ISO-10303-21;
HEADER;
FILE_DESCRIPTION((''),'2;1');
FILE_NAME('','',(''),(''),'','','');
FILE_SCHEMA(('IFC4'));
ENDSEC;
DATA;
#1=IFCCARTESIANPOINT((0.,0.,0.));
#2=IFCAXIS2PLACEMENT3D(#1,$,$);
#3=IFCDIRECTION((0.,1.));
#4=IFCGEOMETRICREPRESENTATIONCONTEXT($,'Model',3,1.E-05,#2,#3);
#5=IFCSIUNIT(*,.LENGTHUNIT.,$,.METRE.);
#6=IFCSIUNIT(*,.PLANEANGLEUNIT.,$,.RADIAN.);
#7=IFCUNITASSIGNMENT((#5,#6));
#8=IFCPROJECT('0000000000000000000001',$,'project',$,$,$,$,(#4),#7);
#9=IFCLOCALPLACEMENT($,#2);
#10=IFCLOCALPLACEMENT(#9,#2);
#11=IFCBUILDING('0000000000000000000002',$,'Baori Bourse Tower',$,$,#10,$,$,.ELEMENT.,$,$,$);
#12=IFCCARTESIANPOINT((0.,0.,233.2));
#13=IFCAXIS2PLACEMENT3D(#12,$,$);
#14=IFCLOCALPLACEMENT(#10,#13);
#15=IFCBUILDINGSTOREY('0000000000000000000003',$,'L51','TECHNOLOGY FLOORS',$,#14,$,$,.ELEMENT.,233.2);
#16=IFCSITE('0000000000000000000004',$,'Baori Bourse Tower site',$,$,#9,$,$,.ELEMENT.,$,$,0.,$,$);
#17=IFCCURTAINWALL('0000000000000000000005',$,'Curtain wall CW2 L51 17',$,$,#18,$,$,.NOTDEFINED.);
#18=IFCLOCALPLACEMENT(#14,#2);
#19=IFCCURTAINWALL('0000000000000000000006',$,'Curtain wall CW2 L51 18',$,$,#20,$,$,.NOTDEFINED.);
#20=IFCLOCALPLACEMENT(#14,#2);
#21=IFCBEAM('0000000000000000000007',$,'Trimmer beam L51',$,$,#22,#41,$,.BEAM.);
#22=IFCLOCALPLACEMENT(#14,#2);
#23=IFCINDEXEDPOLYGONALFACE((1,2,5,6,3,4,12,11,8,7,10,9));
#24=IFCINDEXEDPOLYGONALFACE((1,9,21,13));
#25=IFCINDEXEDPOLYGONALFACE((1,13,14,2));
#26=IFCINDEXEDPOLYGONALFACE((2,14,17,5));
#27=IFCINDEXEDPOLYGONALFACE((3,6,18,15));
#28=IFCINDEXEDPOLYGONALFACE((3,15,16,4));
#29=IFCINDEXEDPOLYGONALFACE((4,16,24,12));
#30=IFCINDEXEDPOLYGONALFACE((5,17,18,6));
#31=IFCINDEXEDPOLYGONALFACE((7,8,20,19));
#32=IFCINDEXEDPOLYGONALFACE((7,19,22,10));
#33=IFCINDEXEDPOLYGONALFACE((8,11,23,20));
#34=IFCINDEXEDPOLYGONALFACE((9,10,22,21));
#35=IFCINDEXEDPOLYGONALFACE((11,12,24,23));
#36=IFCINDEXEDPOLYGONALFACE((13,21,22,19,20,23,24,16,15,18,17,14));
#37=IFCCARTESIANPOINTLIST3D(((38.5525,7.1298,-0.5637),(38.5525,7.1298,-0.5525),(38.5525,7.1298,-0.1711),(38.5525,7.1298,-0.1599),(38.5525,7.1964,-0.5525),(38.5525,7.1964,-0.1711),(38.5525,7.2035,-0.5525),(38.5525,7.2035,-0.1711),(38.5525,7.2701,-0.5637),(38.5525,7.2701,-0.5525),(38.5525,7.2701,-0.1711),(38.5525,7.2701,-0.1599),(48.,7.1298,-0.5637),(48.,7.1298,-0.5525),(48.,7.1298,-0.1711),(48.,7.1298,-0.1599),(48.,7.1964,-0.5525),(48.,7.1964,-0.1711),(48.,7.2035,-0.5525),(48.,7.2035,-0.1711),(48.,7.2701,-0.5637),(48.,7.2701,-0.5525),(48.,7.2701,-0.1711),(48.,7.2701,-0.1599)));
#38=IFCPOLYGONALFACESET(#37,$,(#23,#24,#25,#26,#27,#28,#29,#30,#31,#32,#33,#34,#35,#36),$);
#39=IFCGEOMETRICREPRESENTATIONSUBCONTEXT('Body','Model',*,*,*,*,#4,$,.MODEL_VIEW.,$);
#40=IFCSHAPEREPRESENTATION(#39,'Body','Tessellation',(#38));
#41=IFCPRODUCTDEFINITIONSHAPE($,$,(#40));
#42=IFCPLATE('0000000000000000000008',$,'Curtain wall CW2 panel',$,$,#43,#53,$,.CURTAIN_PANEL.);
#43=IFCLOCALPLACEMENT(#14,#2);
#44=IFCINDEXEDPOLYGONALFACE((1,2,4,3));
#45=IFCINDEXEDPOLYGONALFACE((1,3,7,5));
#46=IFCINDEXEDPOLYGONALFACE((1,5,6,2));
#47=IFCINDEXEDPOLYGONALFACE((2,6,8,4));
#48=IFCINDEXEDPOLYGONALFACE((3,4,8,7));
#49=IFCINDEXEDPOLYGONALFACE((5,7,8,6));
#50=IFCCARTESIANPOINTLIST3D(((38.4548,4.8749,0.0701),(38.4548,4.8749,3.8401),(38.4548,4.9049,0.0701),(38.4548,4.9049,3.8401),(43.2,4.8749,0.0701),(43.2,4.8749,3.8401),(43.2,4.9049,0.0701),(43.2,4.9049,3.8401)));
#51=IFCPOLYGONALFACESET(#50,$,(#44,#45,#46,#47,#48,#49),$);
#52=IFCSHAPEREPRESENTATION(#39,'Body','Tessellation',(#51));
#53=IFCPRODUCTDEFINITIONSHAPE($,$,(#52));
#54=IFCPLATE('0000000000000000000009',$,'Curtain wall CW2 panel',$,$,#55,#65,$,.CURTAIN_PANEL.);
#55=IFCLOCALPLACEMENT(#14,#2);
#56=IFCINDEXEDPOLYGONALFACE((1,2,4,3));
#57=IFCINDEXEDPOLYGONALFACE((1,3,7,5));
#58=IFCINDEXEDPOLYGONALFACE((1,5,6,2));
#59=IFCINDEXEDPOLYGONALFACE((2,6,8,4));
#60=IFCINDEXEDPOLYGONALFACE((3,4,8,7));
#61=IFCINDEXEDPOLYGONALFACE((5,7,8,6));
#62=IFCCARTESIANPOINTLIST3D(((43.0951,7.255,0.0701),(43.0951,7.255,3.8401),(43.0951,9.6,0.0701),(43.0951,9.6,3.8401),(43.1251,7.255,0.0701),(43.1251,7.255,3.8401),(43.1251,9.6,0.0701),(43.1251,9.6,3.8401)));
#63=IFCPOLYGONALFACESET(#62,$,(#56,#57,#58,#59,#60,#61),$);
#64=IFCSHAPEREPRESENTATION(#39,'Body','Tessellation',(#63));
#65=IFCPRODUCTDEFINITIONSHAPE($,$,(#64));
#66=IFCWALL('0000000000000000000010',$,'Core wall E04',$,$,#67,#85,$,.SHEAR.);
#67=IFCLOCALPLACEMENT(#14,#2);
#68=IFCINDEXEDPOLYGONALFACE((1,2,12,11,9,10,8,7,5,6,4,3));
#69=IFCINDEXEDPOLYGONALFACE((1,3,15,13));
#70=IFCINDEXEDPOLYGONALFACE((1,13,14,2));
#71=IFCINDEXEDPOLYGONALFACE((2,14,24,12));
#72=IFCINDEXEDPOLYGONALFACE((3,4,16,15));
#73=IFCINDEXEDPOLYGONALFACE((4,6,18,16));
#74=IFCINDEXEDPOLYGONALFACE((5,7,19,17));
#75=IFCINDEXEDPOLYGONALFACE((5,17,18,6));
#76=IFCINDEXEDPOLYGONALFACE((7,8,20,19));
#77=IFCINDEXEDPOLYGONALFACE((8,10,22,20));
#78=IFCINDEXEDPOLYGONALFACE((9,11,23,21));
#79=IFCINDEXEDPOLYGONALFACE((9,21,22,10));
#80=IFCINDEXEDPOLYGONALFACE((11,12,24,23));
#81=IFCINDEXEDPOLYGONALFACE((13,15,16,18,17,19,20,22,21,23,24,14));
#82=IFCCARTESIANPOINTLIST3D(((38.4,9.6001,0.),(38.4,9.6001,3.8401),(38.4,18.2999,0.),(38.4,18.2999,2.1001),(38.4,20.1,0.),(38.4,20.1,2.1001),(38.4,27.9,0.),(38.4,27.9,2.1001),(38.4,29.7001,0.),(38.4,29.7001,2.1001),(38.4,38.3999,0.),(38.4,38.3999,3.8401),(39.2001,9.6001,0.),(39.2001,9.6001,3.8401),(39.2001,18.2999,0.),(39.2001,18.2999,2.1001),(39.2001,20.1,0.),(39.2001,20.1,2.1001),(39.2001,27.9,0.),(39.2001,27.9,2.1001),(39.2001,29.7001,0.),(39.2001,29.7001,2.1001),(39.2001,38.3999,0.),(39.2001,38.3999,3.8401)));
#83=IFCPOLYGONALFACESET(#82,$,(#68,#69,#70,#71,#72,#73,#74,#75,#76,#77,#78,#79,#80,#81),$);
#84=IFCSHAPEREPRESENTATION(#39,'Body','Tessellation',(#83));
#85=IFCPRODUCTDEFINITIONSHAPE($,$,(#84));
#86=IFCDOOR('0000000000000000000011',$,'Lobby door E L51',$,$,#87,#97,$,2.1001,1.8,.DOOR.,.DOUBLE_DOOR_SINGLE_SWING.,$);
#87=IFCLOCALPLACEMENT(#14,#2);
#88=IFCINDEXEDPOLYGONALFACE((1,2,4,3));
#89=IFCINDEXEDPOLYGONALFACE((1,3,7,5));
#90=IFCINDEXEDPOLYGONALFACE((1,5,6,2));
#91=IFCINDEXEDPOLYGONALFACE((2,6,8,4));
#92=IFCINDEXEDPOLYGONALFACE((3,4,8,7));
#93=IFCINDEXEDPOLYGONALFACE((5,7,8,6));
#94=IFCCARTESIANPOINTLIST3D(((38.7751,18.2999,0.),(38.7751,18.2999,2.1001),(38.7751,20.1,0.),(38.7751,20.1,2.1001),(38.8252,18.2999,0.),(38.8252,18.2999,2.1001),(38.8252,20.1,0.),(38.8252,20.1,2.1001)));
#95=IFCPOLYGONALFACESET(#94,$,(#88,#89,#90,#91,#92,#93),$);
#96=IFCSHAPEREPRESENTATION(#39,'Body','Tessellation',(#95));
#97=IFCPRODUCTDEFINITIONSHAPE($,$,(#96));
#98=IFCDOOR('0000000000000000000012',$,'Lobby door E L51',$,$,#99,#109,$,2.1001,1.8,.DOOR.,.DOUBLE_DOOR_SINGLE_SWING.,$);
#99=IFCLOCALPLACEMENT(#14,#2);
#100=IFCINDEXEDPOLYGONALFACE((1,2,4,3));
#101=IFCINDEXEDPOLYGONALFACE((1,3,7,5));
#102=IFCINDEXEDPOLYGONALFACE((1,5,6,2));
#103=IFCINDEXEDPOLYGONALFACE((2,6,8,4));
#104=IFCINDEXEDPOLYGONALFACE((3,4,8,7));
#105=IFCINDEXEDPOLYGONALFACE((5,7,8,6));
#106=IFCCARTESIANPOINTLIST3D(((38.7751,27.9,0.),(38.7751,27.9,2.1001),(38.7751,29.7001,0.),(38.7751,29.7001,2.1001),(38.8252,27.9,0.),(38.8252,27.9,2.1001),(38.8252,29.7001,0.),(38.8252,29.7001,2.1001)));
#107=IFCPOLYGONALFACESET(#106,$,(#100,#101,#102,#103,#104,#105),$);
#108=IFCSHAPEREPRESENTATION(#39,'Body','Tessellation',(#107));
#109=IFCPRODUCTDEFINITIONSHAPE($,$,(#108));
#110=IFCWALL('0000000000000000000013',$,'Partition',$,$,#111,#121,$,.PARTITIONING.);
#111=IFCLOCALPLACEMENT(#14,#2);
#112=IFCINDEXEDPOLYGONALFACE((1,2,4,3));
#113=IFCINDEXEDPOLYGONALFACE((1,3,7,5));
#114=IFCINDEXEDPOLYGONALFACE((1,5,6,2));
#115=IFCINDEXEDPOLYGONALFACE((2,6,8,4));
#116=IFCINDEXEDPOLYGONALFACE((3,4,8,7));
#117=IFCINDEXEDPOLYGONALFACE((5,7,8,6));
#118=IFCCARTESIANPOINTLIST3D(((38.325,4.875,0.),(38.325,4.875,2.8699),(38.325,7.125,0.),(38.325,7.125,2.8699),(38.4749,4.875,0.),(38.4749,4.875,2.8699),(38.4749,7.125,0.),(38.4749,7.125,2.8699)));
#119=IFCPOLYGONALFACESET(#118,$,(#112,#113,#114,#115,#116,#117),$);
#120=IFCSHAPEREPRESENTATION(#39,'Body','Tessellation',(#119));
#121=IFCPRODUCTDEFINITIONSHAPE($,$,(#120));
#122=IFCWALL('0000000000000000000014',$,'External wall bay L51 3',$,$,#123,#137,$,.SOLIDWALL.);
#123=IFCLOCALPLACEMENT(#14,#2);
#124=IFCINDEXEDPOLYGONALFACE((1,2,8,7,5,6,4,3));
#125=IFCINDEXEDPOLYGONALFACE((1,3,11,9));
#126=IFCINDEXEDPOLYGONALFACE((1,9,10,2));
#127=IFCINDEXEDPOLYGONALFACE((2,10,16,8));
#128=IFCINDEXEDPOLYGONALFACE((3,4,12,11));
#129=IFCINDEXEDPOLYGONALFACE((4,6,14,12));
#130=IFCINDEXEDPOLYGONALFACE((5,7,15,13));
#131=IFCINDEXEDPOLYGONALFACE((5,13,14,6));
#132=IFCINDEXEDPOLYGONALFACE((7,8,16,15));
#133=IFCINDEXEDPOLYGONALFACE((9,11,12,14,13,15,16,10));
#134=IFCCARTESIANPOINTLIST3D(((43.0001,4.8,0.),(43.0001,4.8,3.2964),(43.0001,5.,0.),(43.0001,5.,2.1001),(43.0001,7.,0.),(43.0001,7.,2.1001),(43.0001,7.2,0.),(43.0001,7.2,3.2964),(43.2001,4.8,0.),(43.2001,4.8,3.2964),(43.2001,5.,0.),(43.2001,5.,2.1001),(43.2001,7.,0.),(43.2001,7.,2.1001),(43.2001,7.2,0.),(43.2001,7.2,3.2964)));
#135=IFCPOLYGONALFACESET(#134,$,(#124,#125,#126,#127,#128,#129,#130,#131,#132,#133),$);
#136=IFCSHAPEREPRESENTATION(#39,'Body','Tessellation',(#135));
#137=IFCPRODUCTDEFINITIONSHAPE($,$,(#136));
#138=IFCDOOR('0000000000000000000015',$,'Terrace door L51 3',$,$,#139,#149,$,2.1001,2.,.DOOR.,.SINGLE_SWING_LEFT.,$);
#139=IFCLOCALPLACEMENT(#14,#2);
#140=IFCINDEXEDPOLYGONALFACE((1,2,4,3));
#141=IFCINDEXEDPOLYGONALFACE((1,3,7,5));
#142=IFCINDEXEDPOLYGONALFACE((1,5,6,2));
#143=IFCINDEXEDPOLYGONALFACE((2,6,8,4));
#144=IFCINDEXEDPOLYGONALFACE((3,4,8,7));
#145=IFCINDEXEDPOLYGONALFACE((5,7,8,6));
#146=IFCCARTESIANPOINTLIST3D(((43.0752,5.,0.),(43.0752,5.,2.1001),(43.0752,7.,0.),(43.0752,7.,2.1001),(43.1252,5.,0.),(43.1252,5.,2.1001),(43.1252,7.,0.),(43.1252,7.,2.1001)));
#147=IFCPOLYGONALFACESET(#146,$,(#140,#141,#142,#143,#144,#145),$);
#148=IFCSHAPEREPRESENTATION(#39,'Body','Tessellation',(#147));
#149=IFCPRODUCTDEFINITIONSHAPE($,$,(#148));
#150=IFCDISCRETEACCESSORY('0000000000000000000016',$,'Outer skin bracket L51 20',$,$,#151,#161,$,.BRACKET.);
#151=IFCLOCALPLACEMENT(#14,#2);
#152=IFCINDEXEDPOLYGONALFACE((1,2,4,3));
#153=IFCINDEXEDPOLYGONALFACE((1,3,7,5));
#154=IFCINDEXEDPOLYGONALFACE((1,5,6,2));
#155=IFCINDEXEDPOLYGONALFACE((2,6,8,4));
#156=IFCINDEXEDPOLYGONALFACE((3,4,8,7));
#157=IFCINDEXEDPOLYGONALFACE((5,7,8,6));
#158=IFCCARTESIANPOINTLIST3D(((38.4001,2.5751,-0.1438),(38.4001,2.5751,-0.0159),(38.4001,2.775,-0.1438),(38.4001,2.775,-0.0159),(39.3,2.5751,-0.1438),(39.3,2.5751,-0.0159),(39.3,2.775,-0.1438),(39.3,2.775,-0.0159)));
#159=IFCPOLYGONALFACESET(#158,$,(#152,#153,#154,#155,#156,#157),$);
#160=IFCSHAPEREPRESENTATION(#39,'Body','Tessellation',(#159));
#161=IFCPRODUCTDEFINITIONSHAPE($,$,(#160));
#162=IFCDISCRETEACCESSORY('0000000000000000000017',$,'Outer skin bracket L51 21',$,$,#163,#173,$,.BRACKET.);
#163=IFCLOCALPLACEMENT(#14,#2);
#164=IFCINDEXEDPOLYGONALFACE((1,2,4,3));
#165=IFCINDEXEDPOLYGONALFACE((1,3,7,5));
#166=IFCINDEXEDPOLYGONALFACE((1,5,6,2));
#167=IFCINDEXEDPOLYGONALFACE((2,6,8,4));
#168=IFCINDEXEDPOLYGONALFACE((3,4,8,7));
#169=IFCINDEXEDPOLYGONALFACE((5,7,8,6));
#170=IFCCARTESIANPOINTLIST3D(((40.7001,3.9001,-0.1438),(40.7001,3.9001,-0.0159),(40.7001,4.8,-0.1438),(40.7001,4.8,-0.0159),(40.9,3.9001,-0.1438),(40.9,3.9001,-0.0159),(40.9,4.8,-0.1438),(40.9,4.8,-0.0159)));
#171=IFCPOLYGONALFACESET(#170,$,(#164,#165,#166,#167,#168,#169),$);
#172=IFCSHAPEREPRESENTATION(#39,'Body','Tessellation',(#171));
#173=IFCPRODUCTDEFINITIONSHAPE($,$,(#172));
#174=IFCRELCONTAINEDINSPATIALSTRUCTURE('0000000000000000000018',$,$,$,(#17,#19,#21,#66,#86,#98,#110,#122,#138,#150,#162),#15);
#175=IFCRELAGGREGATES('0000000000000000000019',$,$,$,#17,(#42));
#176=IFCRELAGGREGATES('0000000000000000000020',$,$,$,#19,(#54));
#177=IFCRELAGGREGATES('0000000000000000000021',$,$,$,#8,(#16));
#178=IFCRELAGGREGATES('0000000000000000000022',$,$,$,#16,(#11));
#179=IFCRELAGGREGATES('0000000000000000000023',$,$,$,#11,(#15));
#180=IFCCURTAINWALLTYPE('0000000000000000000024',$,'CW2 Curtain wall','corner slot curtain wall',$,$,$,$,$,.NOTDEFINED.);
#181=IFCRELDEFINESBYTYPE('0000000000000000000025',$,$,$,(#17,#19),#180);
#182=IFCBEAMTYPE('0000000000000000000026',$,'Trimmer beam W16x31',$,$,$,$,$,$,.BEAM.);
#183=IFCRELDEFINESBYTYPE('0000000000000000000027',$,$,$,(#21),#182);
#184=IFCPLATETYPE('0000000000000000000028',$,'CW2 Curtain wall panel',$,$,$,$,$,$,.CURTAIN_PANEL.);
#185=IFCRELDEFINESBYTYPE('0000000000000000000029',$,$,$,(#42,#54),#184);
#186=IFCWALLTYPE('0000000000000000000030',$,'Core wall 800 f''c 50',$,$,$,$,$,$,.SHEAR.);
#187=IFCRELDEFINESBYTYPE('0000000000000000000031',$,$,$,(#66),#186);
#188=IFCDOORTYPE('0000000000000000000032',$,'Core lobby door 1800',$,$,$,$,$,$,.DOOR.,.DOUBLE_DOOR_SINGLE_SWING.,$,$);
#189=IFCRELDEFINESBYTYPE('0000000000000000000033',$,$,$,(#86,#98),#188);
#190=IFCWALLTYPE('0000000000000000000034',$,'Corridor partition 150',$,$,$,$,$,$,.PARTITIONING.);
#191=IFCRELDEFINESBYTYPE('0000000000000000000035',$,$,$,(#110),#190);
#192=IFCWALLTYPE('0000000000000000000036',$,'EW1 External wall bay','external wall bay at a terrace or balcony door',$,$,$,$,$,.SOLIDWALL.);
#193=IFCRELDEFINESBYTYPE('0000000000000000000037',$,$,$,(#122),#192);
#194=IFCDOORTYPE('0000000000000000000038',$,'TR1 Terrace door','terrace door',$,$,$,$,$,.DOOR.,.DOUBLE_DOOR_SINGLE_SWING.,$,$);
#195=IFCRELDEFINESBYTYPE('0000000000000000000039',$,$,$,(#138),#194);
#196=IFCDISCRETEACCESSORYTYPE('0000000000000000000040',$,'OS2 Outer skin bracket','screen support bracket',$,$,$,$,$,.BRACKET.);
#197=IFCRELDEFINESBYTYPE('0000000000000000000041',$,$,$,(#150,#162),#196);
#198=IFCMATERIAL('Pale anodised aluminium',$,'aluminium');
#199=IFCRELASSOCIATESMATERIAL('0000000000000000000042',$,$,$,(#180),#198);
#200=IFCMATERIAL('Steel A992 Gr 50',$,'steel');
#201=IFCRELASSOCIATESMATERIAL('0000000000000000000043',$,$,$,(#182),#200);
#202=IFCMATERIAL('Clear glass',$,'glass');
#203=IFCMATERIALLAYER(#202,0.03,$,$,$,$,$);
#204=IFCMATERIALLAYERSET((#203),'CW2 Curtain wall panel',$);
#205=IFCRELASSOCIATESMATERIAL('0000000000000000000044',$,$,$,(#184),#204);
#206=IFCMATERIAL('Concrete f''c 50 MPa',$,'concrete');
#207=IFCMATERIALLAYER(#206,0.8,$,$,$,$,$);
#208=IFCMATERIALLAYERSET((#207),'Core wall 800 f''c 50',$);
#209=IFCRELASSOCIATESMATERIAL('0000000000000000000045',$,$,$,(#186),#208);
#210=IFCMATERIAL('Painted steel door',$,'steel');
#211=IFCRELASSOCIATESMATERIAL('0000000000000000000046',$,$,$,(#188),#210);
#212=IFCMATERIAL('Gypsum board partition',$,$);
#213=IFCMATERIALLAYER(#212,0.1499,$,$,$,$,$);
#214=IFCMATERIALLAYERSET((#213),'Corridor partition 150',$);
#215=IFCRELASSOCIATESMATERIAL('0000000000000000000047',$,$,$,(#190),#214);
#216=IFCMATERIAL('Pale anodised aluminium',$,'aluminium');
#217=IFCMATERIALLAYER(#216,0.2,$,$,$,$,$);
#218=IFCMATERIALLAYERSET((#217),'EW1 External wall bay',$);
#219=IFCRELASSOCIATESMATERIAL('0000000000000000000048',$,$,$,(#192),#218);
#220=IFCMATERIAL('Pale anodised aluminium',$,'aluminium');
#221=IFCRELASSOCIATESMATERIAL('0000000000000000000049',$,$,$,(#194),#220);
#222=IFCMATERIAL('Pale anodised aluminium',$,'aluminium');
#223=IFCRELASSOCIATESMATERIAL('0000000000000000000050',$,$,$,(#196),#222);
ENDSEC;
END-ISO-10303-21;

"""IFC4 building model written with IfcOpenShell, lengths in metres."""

from ifc_helpers import new_model, si_unit, direction, frame, frame_2d, origin, origin_2d, place, context, subcontext, project, spatial, rectangle, i_section, extrude, material, layer, layer_set, material_profile, profile_set, type_object, element, fill, aggregate, save


model = new_model("IFC4")

# Units and contexts
model_context = context("Model", 3, precision=1e-05, world=origin(), true_north=direction((0.0, 1.0)))
body_context = subcontext(model_context, "Body", "Model", "MODEL_VIEW")
ifc_project = project(units=[si_unit("LENGTHUNIT", "METRE"), si_unit("PLANEANGLEUNIT", "RADIAN")], contexts=[model_context])

# Site, building, storey
site_placement = place(None, origin())
site = spatial("IfcSite", under=ifc_project, at=site_placement, Name="Baori Bourse Tower site", CompositionType="ELEMENT", RefElevation=0.0)
building_placement = place(site_placement, origin())
building = spatial("IfcBuilding", under=site, at=building_placement, Name="Baori Bourse Tower", CompositionType="ELEMENT")
storey_placement = place(building_placement, frame((0.0, 0.0, 233.2)))
storey = spatial("IfcBuildingStorey", under=building, at=storey_placement, Name="L51", Description="TECHNOLOGY FLOORS", CompositionType="ELEMENT", Elevation=233.2)

# Curtain walls
ifc_material_1 = material(Name="Pale anodised aluminium", Category="aluminium")
curtain_wall_type = type_object("IfcCurtainWallType", Name="CW2 Curtain wall", Description="corner slot curtain wall", PredefinedType="NOTDEFINED", material=ifc_material_1)
curtain_wall_1_placement = place(storey_placement, origin())
curtain_wall_1 = element("IfcCurtainWall", 1, at=curtain_wall_1_placement, inside=storey, type_object=curtain_wall_type, Name="Curtain wall CW2 L51 17", PredefinedType="NOTDEFINED")
curtain_wall_2_placement = place(storey_placement, origin())
curtain_wall_2 = element("IfcCurtainWall", 2, at=curtain_wall_2_placement, inside=storey, type_object=curtain_wall_type, Name="Curtain wall CW2 L51 18", PredefinedType="NOTDEFINED")

# Beam
ifc_material_2 = material(Name="Steel A992 Gr 50", Category="steel")
ifc_material_profile_1 = material_profile(ifc_material_2, i_section(OverallWidth=0.1404, OverallDepth=0.4038, WebThickness=0.0071, FlangeThickness=0.0112, at=origin_2d()), Name="W16x31")
ifc_profile_set_1 = profile_set([ifc_material_profile_1], Name="Steel A992 Gr 50")
beam_type_1 = type_object("IfcBeamType", Name="Trimmer beam W16x31", PredefinedType="BEAM", material=ifc_profile_set_1)
beam_1_placement = place(storey_placement, frame((38.5525, 7.2, -0.3618), z_axis=(1.0, 0.0, 0.0), x_axis=(0.0, 1.0, 0.0)))
element("IfcBeam", 3, at=beam_1_placement, inside=storey, type_object=beam_type_1, Name="Trimmer beam L51", PredefinedType="BEAM", context=body_context, shape_type="SweptSolid", body=[
    extrude(i_section(OverallWidth=0.1404, OverallDepth=0.4038, WebThickness=0.0071, FlangeThickness=0.0112, at=origin_2d()), origin(), (0.0, 0.0, 1.0), 9.4475),
])

# Plates
ifc_material_3 = material(Name="Clear glass", Category="glass")
ifc_layer_1 = layer(ifc_material_3, 0.03)
ifc_layer_set_1 = layer_set([ifc_layer_1], Name="CW2 Curtain wall panel")
plate_type = type_object("IfcPlateType", Name="CW2 Curtain wall panel", PredefinedType="CURTAIN_PANEL", material=ifc_layer_set_1)
plate_1_placement = place(storey_placement, frame((40.8274, 4.8899, 0.0701), z_axis=(0.0, 0.0, 1.0), x_axis=(1.0, 0.0, 0.0)))
plate_1 = element("IfcPlate", 4, at=plate_1_placement, type_object=plate_type, Name="Curtain wall CW2 panel", PredefinedType="CURTAIN_PANEL", context=body_context, shape_type="SweptSolid", body=[
    extrude(rectangle(XDim=4.7451, YDim=0.03, at=origin_2d()), origin(), (0.0, 0.0, 1.0), 3.77),
])
aggregate(curtain_wall_1, [plate_1])
plate_2_placement = place(storey_placement, frame((43.1101, 8.4275, 0.0701), z_axis=(0.0, 0.0, 1.0), x_axis=(0.0, 1.0, 0.0)))
plate_2 = element("IfcPlate", 5, at=plate_2_placement, type_object=plate_type, Name="Curtain wall CW2 panel", PredefinedType="CURTAIN_PANEL", context=body_context, shape_type="SweptSolid", body=[
    extrude(rectangle(XDim=2.345, YDim=0.03, at=origin_2d()), origin(), (0.0, 0.0, 1.0), 3.77),
])
aggregate(curtain_wall_2, [plate_2])

# Wall, openings, doors
ifc_material_4 = material(Name="Concrete f'c 50 MPa", Category="concrete")
ifc_layer_2 = layer(ifc_material_4, 0.8)
ifc_layer_set_2 = layer_set([ifc_layer_2], Name="Core wall 800 f'c 50")
wall_type_1 = type_object("IfcWallType", Name="Core wall 800 f'c 50", PredefinedType="SHEAR", material=ifc_layer_set_2)
wall_1_placement = place(storey_placement, frame((38.8, 9.6001, 0.0), z_axis=(0.0, 0.0, 1.0), x_axis=(0.0, 1.0, 0.0)))
wall_1 = element("IfcWall", 6, at=wall_1_placement, inside=storey, type_object=wall_type_1, Name="Core wall E04", PredefinedType="SHEAR", context=body_context, shape_type="SweptSolid", body=[
    extrude(rectangle(XDim=28.7998, YDim=0.8, at=frame_2d((14.3999, 0.0))), origin(), (0.0, 0.0, 1.0), 3.8401),
])
opening_1_placement = place(wall_1_placement, frame((8.7, 0.0, 0.0)))
opening_1 = element("IfcOpeningElement", 7, at=opening_1_placement, cuts=wall_1, PredefinedType="OPENING", context=body_context, shape_type="SweptSolid", body=[
    extrude(rectangle(XDim=1.8, YDim=2.1001, at=frame_2d((0.8999, 1.05))), frame((0.0, 0.4099, 0.0), z_axis=(0.0, -1.0, 0.0), x_axis=(1.0, 0.0, 0.0)), (0.0, 0.0, 1.0), 0.8201),
])
opening_2_placement = place(wall_1_placement, frame((18.3, 0.0, 0.0)))
opening_2 = element("IfcOpeningElement", 8, at=opening_2_placement, cuts=wall_1, PredefinedType="OPENING", context=body_context, shape_type="SweptSolid", body=[
    extrude(rectangle(XDim=1.8, YDim=2.1001, at=frame_2d((0.8999, 1.05))), frame((0.0, 0.4099, 0.0), z_axis=(0.0, -1.0, 0.0), x_axis=(1.0, 0.0, 0.0)), (0.0, 0.0, 1.0), 0.8201),
])
ifc_material_5 = material(Name="Painted steel door", Category="steel")
door_type_1 = type_object("IfcDoorType", Name="Core lobby door 1800", OperationType="DOUBLE_DOOR_SINGLE_SWING", PredefinedType="DOOR", material=ifc_material_5)
door_1_placement = place(opening_1_placement, origin())
door_1 = element("IfcDoor", 9, at=door_1_placement, inside=storey, type_object=door_type_1, Name="Lobby door E L51", OperationType="DOUBLE_DOOR_SINGLE_SWING", OverallHeight=2.1001, OverallWidth=1.8, PredefinedType="DOOR", context=body_context, shape_type="SweptSolid", body=[
    extrude(rectangle(XDim=1.8, YDim=2.1001, at=frame_2d((0.8999, 1.05))), frame((0.0, 0.0249, 0.0), z_axis=(0.0, -1.0, 0.0), x_axis=(1.0, 0.0, 0.0)), (0.0, 0.0, 1.0), 0.05),
])
fill(opening_1, door_1)
door_2_placement = place(opening_2_placement, origin())
door_2 = element("IfcDoor", 10, at=door_2_placement, inside=storey, type_object=door_type_1, Name="Lobby door E L51", OperationType="DOUBLE_DOOR_SINGLE_SWING", OverallHeight=2.1001, OverallWidth=1.8, PredefinedType="DOOR", context=body_context, shape_type="SweptSolid", body=[
    extrude(rectangle(XDim=1.8, YDim=2.1001, at=frame_2d((0.8999, 1.05))), frame((0.0, 0.0249, 0.0), z_axis=(0.0, -1.0, 0.0), x_axis=(1.0, 0.0, 0.0)), (0.0, 0.0, 1.0), 0.05),
])
fill(opening_2, door_2)

# Wall
ifc_material_6 = material(Name="Gypsum board partition")
ifc_layer_3 = layer(ifc_material_6, 0.1499)
ifc_layer_set_3 = layer_set([ifc_layer_3], Name="Corridor partition 150")
wall_type_2 = type_object("IfcWallType", Name="Corridor partition 150", PredefinedType="PARTITIONING", material=ifc_layer_set_3)
wall_2_placement = place(storey_placement, frame((38.3999, 4.875, 0.0), z_axis=(0.0, 0.0, 1.0), x_axis=(0.0, 1.0, 0.0)))
element("IfcWall", 11, at=wall_2_placement, inside=storey, type_object=wall_type_2, Name="Partition", PredefinedType="PARTITIONING", context=body_context, shape_type="SweptSolid", body=[
    extrude(rectangle(XDim=2.25, YDim=0.1499, at=frame_2d((1.125, 0.0))), origin(), (0.0, 0.0, 1.0), 2.8699),
])

# Wall, opening, door
ifc_material_7 = material(Name="Pale anodised aluminium", Category="aluminium")
ifc_layer_4 = layer(ifc_material_7, 0.2)
ifc_layer_set_4 = layer_set([ifc_layer_4], Name="EW1 External wall bay")
wall_type_3 = type_object("IfcWallType", Name="EW1 External wall bay", Description="external wall bay at a terrace or balcony door", PredefinedType="SOLIDWALL", material=ifc_layer_set_4)
wall_3_placement = place(storey_placement, frame((43.1001, 4.8, 0.0), z_axis=(0.0, 0.0, 1.0), x_axis=(0.0, 1.0, 0.0)))
wall_3 = element("IfcWall", 12, at=wall_3_placement, inside=storey, type_object=wall_type_3, Name="External wall bay L51 3", PredefinedType="SOLIDWALL", context=body_context, shape_type="SweptSolid", body=[
    extrude(rectangle(XDim=2.3999, YDim=0.2, at=frame_2d((1.2, 0.0))), origin(), (0.0, 0.0, 1.0), 3.2964),
])
opening_3_placement = place(wall_3_placement, frame((0.2, 0.0, 0.0)))
opening_3 = element("IfcOpeningElement", 13, at=opening_3_placement, cuts=wall_3, PredefinedType="OPENING", context=body_context, shape_type="SweptSolid", body=[
    extrude(rectangle(XDim=2.0, YDim=2.1001, at=frame_2d((1.0, 1.05))), frame((0.0, 0.1099, 0.0), z_axis=(0.0, -1.0, 0.0), x_axis=(1.0, 0.0, 0.0)), (0.0, 0.0, 1.0), 0.22),
])
ifc_material_8 = material(Name="Pale anodised aluminium", Category="aluminium")
door_type_2 = type_object("IfcDoorType", Name="TR1 Terrace door", Description="terrace door", OperationType="DOUBLE_DOOR_SINGLE_SWING", PredefinedType="DOOR", material=ifc_material_8)
door_3_placement = place(opening_3_placement, origin())
door_3 = element("IfcDoor", 14, at=door_3_placement, inside=storey, type_object=door_type_2, Name="Terrace door L51 3", OperationType="SINGLE_SWING_LEFT", OverallHeight=2.1001, OverallWidth=2.0, PredefinedType="DOOR", context=body_context, shape_type="SweptSolid", body=[
    extrude(rectangle(XDim=2.0, YDim=2.1001, at=frame_2d((1.0, 1.05))), frame((0.0, 0.0249, 0.0), z_axis=(0.0, -1.0, 0.0), x_axis=(1.0, 0.0, 0.0)), (0.0, 0.0, 1.0), 0.05),
])
fill(opening_3, door_3)

# Discrete accessories
ifc_material_9 = material(Name="Pale anodised aluminium", Category="aluminium")
discrete_accessory_type = type_object("IfcDiscreteAccessoryType", Name="OS2 Outer skin bracket", Description="screen support bracket", PredefinedType="BRACKET", material=ifc_material_9)
for number, where, z_axis, x_axis, name in (
    (15, (38.8501, 2.675, -0.1438), (0.0, 0.0, 1.0), (0.0, 1.0, 0.0), "Outer skin bracket L51 20"),
    (16, (40.8, 4.3501, -0.1438), (0.0, 0.0, 1.0), (1.0, 0.0, 0.0), "Outer skin bracket L51 21"),
):
    element("IfcDiscreteAccessory", number, at=place(storey_placement, frame(where, z_axis=z_axis, x_axis=x_axis)), inside=storey, type_object=discrete_accessory_type, Name=name, PredefinedType="BRACKET", context=body_context, shape_type="SweptSolid", body=[
        extrude(rectangle(XDim=0.2, YDim=0.8999, at=origin_2d()), origin(), (0.0, 0.0, 1.0), 0.1279),
    ])

save(model, "model.ifc")
